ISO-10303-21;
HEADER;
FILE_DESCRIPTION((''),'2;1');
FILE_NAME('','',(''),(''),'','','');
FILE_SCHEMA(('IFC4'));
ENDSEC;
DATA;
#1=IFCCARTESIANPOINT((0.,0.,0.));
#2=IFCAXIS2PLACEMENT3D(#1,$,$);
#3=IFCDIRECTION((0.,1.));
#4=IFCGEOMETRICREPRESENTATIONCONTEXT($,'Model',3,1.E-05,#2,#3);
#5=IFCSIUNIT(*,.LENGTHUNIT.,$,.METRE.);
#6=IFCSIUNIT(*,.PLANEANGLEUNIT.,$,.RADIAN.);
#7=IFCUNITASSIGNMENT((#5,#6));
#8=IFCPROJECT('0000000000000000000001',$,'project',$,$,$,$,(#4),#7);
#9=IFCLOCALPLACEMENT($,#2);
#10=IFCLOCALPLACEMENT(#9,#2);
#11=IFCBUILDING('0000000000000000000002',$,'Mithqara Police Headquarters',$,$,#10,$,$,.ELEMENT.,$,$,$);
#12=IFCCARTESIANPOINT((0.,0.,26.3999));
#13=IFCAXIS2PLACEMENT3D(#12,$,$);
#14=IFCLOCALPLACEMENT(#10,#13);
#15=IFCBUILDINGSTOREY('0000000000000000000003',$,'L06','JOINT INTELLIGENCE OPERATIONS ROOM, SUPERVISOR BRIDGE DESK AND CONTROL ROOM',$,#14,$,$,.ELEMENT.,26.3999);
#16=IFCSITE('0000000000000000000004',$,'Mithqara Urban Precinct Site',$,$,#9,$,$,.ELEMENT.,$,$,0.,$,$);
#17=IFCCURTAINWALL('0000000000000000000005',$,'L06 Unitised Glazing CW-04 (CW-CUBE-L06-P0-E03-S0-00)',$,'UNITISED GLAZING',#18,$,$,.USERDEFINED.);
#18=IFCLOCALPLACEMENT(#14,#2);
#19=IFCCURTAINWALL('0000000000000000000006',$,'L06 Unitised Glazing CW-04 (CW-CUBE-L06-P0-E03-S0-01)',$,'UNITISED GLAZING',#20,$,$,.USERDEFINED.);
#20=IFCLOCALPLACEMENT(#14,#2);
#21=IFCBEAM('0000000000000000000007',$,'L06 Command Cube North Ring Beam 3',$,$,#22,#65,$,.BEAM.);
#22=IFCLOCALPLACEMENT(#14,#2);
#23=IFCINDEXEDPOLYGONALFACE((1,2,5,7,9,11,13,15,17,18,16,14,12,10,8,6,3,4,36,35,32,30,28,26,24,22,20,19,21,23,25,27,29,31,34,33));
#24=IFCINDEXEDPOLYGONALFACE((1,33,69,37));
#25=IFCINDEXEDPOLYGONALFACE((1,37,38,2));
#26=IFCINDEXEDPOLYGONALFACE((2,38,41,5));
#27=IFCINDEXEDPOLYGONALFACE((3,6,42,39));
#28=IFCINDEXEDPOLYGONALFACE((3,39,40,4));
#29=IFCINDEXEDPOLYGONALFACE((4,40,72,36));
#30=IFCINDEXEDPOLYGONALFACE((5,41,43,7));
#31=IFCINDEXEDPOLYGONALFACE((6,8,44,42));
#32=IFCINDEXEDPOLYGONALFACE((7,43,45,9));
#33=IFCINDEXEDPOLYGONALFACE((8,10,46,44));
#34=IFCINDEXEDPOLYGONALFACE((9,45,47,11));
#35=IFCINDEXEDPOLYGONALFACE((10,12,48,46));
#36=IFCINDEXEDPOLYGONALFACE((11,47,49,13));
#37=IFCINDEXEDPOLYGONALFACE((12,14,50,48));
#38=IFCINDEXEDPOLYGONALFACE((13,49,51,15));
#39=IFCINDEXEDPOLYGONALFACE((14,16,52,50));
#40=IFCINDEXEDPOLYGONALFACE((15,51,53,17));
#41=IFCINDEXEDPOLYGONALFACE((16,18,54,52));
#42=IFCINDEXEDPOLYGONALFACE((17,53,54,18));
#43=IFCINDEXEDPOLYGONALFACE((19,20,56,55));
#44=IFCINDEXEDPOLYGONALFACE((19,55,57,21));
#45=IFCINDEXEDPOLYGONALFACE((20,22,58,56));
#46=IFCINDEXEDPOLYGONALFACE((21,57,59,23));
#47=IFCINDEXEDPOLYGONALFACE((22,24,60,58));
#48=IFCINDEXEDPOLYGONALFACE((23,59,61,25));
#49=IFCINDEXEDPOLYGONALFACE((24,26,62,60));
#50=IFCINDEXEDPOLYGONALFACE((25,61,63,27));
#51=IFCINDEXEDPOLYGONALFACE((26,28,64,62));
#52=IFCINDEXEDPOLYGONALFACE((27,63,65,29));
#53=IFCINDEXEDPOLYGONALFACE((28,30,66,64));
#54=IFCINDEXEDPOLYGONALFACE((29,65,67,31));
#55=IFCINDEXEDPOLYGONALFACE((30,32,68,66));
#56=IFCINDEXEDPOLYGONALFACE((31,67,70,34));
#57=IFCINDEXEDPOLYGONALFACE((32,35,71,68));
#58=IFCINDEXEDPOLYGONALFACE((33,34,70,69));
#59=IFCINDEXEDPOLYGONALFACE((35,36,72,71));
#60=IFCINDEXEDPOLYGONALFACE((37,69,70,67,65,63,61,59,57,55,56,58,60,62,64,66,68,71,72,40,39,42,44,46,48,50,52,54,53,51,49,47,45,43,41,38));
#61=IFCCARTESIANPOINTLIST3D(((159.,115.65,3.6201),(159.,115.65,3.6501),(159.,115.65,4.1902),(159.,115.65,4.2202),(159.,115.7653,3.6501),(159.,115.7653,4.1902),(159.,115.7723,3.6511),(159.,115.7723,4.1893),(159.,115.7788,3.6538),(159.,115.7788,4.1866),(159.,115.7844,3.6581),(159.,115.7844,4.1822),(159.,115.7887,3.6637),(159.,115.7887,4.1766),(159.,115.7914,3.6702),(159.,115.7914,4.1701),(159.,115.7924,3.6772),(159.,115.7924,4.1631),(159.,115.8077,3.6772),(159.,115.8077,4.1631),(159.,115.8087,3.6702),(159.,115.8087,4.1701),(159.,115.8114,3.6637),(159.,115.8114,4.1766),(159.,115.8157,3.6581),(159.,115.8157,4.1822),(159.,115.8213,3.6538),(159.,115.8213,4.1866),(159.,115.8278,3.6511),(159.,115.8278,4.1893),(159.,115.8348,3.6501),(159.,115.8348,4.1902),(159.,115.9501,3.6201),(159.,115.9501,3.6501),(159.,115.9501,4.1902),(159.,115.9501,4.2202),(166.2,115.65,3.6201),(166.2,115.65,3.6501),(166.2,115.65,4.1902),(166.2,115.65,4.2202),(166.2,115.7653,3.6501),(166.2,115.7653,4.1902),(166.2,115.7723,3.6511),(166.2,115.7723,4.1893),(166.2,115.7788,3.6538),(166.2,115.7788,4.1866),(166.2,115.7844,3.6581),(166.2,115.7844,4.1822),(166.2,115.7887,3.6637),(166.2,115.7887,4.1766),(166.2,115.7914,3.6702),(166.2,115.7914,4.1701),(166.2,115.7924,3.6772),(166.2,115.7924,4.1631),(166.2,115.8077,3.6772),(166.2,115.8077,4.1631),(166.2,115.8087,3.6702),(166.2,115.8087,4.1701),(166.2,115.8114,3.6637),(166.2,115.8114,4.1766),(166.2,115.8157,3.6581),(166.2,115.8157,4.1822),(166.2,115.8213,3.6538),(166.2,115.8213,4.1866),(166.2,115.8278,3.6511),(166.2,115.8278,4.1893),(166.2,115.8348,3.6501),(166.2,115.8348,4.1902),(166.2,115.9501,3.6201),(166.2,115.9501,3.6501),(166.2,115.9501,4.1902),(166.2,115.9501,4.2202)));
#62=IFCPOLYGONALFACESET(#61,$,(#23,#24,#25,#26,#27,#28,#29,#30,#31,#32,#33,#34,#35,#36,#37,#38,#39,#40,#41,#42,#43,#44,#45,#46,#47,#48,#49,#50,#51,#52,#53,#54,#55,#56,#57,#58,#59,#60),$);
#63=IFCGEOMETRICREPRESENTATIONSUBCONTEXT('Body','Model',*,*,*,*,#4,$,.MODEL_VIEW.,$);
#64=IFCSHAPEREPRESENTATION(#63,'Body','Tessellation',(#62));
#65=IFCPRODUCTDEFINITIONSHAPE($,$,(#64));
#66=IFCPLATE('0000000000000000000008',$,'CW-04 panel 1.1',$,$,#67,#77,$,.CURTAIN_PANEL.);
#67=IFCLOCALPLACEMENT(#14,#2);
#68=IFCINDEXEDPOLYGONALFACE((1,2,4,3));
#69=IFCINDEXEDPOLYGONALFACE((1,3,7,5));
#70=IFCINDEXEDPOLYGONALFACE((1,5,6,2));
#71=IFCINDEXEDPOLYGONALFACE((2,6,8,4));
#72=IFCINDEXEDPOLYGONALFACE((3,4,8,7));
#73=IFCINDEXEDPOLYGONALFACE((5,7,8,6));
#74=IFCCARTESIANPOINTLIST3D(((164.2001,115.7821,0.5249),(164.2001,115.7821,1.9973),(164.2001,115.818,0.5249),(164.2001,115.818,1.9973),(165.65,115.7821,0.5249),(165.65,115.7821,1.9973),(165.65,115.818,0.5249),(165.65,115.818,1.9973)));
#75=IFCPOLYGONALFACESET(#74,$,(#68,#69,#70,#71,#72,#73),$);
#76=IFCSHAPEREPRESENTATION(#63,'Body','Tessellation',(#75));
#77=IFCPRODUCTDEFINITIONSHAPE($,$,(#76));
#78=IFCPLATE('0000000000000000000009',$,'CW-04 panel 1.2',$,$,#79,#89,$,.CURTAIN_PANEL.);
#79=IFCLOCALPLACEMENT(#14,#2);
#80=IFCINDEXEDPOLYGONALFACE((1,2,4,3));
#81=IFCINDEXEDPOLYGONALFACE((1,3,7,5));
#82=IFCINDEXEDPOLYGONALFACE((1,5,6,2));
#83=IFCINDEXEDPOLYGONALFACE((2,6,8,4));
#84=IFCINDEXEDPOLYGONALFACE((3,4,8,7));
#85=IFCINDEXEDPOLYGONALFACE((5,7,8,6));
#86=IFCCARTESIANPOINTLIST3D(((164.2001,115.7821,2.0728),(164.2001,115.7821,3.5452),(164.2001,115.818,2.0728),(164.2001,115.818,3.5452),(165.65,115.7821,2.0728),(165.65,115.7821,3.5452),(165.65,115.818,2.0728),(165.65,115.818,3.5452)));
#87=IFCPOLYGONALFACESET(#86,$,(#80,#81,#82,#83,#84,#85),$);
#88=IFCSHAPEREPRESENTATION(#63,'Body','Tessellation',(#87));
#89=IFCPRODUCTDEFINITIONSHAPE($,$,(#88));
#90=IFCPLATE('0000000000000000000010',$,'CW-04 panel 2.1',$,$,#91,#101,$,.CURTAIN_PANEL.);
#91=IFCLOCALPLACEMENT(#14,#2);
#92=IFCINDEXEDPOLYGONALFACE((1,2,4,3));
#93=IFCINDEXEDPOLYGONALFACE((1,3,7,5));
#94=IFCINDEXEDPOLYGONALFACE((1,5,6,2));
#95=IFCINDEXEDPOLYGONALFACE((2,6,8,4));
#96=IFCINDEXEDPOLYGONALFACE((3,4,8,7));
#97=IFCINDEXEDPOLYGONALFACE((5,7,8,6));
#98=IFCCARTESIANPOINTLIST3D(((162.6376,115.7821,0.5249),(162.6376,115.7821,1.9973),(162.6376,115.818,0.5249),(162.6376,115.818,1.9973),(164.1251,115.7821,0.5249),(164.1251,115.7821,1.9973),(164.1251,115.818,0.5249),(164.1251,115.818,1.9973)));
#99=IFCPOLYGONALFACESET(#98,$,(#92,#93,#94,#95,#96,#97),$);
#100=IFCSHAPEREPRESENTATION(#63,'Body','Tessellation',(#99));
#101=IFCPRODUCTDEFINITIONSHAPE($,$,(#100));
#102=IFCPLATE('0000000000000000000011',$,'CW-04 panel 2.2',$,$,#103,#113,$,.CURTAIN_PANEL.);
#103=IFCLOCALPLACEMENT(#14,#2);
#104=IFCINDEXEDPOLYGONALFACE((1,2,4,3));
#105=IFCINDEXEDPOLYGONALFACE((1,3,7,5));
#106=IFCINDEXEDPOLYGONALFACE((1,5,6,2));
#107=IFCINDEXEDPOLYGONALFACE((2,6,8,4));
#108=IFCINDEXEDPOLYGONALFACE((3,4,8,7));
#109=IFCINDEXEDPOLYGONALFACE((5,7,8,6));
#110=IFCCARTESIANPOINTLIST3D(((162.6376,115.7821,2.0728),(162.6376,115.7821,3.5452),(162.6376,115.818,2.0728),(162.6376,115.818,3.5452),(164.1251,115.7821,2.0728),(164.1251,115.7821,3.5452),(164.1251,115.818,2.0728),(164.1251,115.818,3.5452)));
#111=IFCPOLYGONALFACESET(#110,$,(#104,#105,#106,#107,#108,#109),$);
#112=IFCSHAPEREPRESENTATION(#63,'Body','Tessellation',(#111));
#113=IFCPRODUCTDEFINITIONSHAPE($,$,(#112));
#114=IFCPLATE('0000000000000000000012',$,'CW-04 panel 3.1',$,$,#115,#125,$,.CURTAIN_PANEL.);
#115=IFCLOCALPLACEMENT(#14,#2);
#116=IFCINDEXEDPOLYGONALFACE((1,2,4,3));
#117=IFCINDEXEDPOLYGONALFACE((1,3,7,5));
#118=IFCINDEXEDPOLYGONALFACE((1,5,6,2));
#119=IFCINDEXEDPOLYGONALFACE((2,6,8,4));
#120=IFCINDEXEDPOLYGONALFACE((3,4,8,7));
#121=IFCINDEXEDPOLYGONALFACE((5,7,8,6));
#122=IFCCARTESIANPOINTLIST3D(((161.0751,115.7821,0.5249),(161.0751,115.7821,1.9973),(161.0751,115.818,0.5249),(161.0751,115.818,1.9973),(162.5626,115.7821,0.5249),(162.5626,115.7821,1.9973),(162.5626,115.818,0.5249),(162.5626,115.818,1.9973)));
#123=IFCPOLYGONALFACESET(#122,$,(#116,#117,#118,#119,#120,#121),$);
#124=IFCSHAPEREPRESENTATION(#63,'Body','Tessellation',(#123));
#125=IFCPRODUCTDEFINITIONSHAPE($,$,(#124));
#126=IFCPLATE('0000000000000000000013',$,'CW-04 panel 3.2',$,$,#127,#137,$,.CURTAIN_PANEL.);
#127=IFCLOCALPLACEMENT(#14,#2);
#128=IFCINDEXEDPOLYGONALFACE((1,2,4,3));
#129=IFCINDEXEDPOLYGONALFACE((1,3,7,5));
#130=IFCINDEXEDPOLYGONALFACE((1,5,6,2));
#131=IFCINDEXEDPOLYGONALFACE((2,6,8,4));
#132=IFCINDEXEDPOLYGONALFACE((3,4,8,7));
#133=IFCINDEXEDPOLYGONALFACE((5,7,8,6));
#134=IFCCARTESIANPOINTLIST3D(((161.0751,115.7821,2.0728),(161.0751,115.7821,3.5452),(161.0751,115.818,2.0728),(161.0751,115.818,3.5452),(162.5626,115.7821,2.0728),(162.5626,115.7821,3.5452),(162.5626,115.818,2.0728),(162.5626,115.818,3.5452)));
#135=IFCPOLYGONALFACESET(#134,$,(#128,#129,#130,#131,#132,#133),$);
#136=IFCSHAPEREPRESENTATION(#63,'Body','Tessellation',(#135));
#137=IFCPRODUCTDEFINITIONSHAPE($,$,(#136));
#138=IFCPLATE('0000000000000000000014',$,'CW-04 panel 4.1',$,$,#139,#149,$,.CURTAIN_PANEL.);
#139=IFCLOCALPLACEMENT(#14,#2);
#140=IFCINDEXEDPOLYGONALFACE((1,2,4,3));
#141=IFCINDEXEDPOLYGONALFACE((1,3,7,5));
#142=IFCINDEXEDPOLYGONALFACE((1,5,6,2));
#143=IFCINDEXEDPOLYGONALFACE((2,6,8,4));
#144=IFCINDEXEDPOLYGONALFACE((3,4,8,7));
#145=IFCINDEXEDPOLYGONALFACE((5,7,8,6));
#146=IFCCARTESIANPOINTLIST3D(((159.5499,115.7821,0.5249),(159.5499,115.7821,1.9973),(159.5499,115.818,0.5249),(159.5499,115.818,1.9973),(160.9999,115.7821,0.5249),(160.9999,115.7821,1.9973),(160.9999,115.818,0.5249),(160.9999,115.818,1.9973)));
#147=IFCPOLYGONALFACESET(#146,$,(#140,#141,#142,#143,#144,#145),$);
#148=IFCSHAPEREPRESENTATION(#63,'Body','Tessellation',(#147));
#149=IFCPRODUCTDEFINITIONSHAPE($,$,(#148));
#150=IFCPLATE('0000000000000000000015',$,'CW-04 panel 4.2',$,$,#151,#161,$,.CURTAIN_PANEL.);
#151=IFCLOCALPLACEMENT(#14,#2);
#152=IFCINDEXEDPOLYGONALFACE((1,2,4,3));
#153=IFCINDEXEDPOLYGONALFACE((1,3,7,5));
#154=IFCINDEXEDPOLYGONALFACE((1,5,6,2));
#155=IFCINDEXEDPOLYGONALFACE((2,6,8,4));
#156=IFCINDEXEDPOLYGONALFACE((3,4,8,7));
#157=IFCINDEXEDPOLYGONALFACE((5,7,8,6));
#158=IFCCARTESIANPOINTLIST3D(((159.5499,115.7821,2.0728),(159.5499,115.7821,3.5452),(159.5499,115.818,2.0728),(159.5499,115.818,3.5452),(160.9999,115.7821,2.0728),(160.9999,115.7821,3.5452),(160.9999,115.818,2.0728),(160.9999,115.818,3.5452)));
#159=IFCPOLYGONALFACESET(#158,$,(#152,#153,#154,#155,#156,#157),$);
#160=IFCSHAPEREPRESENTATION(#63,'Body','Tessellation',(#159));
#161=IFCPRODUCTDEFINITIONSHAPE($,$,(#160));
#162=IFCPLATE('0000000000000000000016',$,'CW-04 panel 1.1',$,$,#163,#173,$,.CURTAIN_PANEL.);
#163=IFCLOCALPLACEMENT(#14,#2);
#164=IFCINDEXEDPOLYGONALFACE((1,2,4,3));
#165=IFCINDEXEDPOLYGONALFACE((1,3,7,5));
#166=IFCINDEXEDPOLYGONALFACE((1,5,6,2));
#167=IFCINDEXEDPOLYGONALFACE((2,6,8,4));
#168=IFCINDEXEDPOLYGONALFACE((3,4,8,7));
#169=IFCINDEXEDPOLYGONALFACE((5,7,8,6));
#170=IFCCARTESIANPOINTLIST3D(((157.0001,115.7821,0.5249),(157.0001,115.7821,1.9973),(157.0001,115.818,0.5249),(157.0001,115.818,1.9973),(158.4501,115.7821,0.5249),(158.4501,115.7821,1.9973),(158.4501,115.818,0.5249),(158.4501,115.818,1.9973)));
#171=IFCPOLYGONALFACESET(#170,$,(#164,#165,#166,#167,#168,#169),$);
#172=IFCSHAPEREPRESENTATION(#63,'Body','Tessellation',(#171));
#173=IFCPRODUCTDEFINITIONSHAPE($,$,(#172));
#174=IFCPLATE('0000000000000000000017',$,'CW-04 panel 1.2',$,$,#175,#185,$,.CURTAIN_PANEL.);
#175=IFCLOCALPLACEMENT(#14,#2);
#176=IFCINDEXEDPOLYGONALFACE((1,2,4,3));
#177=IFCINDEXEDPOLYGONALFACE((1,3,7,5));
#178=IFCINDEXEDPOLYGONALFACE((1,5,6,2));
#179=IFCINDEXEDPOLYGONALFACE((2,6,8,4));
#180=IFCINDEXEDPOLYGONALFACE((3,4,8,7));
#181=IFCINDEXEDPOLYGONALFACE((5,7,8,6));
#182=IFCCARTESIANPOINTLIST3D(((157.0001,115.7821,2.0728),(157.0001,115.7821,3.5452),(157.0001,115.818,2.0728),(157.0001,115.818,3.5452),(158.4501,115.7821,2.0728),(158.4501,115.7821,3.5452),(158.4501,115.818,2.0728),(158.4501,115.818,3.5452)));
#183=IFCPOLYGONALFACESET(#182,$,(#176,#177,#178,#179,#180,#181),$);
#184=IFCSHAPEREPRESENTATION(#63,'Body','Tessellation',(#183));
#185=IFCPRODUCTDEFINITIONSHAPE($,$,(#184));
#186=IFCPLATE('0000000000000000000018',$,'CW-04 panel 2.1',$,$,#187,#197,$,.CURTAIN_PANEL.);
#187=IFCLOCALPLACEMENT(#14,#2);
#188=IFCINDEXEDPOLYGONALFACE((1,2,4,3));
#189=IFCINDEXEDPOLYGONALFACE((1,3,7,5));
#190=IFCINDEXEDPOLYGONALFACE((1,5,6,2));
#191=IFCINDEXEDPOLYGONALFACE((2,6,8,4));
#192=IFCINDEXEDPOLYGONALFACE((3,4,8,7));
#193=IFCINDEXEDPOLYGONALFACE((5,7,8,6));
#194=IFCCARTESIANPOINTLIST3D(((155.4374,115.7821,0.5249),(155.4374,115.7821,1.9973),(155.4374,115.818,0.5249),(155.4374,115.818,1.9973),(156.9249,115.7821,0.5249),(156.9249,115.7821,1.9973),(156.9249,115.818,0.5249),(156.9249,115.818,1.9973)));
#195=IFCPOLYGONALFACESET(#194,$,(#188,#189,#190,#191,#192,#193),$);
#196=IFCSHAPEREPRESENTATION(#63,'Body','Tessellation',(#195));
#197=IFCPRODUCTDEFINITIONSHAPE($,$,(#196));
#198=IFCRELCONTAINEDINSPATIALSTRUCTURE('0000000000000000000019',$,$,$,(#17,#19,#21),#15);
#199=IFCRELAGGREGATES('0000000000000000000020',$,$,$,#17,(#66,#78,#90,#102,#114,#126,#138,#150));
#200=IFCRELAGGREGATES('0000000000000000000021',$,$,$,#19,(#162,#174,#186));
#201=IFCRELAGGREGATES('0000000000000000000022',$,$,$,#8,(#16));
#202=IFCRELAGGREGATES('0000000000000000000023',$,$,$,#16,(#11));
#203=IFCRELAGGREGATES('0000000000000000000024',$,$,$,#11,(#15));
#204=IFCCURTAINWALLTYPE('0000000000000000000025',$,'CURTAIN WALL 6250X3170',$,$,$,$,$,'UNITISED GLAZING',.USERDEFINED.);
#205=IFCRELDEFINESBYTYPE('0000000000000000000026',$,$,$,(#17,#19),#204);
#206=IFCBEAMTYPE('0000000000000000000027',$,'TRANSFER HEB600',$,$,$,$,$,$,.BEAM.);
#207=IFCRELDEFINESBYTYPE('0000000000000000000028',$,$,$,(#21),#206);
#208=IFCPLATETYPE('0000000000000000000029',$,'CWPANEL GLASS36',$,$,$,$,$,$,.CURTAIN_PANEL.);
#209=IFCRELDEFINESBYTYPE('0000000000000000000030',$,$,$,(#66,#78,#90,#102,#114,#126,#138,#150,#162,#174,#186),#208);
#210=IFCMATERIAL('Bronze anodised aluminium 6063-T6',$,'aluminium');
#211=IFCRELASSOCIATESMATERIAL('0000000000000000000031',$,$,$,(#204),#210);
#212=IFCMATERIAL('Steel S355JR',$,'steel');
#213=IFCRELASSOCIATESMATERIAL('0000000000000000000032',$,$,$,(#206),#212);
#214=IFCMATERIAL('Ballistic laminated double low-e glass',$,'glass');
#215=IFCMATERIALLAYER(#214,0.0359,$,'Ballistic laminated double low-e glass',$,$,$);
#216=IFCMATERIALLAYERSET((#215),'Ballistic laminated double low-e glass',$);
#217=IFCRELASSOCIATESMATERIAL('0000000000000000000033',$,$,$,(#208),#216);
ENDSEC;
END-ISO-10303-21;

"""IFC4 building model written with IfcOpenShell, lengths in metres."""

from ifc_helpers import new_model, si_unit, direction, frame, origin, origin_2d, place, context, subcontext, project, spatial, rectangle, i_section, extrude, material, layer, layer_set, material_profile, profile_set, type_object, element, aggregate, save


model = new_model("IFC4")

# Units and contexts
model_context = context("Model", 3, precision=1e-05, world=origin(), true_north=direction((0.0, 1.0)))
body_context = subcontext(model_context, "Body", "Model", "MODEL_VIEW")
ifc_project = project(units=[si_unit("LENGTHUNIT", "METRE"), si_unit("PLANEANGLEUNIT", "RADIAN")], contexts=[model_context])

# Site, building, storey
site_placement = place(None, origin())
site = spatial("IfcSite", under=ifc_project, at=site_placement, Name="Mithqara Urban Precinct Site", CompositionType="ELEMENT", RefElevation=0.0)
building_placement = place(site_placement, origin())
building = spatial("IfcBuilding", under=site, at=building_placement, Name="Mithqara Police Headquarters", CompositionType="ELEMENT")
storey_placement = place(building_placement, frame((0.0, 0.0, 26.3999)))
storey = spatial("IfcBuildingStorey", under=building, at=storey_placement, Name="L06", Description="JOINT INTELLIGENCE OPERATIONS ROOM, SUPERVISOR BRIDGE DESK AND CONTROL ROOM", CompositionType="ELEMENT", Elevation=26.3999)

# Shared definitions
ifc_material_1 = material(Name="Steel S355JR", Category="steel")

# Curtain walls
ifc_material_2 = material(Name="Bronze anodised aluminium 6063-T6", Category="aluminium")
curtain_wall_type = type_object("IfcCurtainWallType", Name="CURTAIN WALL 6250X3170", ElementType="UNITISED GLAZING", PredefinedType="USERDEFINED", material=ifc_material_2)
curtain_wall_1_placement = place(storey_placement, origin())
curtain_wall_1 = element("IfcCurtainWall", 1, at=curtain_wall_1_placement, inside=storey, type_object=curtain_wall_type, Name="L06 Unitised Glazing CW-04 (CW-CUBE-L06-P0-E03-S0-00)", ObjectType="UNITISED GLAZING", PredefinedType="USERDEFINED")
curtain_wall_2_placement = place(storey_placement, origin())
curtain_wall_2 = element("IfcCurtainWall", 2, at=curtain_wall_2_placement, inside=storey, type_object=curtain_wall_type, Name="L06 Unitised Glazing CW-04 (CW-CUBE-L06-P0-E03-S0-01)", ObjectType="UNITISED GLAZING", PredefinedType="USERDEFINED")

# Beam
ifc_material_profile_1 = material_profile(ifc_material_1, i_section(OverallWidth=0.3, OverallDepth=0.6001, WebThickness=0.0154, FlangeThickness=0.03, FilletRadius=0.0271, at=origin_2d()), Name="HEB 600")
ifc_profile_set_1 = profile_set([ifc_material_profile_1], Name="Steel S355JR")
beam_type = type_object("IfcBeamType", Name="TRANSFER HEB600", PredefinedType="BEAM", material=ifc_profile_set_1)
beam_placement = place(storey_placement, frame((159.0, 115.8, 3.9202), z_axis=(1.0, 0.0, 0.0), x_axis=(0.0, 1.0, 0.0)))
element("IfcBeam", 3, at=beam_placement, inside=storey, type_object=beam_type, Name="L06 Command Cube North Ring Beam 3", PredefinedType="BEAM", context=body_context, shape_type="SweptSolid", body=[
    extrude(i_section(OverallWidth=0.3, OverallDepth=0.6001, WebThickness=0.0154, FlangeThickness=0.03, FilletRadius=0.0271, at=origin_2d()), origin(), (0.0, 0.0, 1.0), 7.2),
])

# Plates
ifc_material_3 = material(Name="Ballistic laminated double low-e glass", Category="glass")
ifc_layer_1 = layer(ifc_material_3, 0.0359, Name="Ballistic laminated double low-e glass")
ifc_layer_set_1 = layer_set([ifc_layer_1], Name="Ballistic laminated double low-e glass")
plate_type = type_object("IfcPlateType", Name="CWPANEL GLASS36", PredefinedType="CURTAIN_PANEL", material=ifc_layer_set_1)
plate_1_placement = place(storey_placement, frame((164.925, 115.8, 0.5249), z_axis=(0.0, 0.0, 1.0), x_axis=(-1.0, 0.0, 0.0)))
plate_1 = element("IfcPlate", 4, at=plate_1_placement, type_object=plate_type, Name="CW-04 panel 1.1", PredefinedType="CURTAIN_PANEL", context=body_context, shape_type="SweptSolid", body=[
    extrude(rectangle(XDim=1.45, YDim=0.0359, at=origin_2d()), origin(), (0.0, 0.0, 1.0), 1.4724),
])
plate_2_placement = place(storey_placement, frame((164.925, 115.8, 2.0728), z_axis=(0.0, 0.0, 1.0), x_axis=(-1.0, 0.0, 0.0)))
plate_2 = element("IfcPlate", 5, at=plate_2_placement, type_object=plate_type, Name="CW-04 panel 1.2", PredefinedType="CURTAIN_PANEL", context=body_context, shape_type="SweptSolid", body=[
    extrude(rectangle(XDim=1.45, YDim=0.0359, at=origin_2d()), origin(), (0.0, 0.0, 1.0), 1.4724),
])
plate_3_placement = place(storey_placement, frame((163.3813, 115.8, 0.5249), z_axis=(0.0, 0.0, 1.0), x_axis=(-1.0, 0.0, 0.0)))
plate_3 = element("IfcPlate", 6, at=plate_3_placement, type_object=plate_type, Name="CW-04 panel 2.1", PredefinedType="CURTAIN_PANEL", context=body_context, shape_type="SweptSolid", body=[
    extrude(rectangle(XDim=1.4875, YDim=0.0359, at=origin_2d()), origin(), (0.0, 0.0, 1.0), 1.4724),
])
plate_4_placement = place(storey_placement, frame((163.3813, 115.8, 2.0728), z_axis=(0.0, 0.0, 1.0), x_axis=(-1.0, 0.0, 0.0)))
plate_4 = element("IfcPlate", 7, at=plate_4_placement, type_object=plate_type, Name="CW-04 panel 2.2", PredefinedType="CURTAIN_PANEL", context=body_context, shape_type="SweptSolid", body=[
    extrude(rectangle(XDim=1.4875, YDim=0.0359, at=origin_2d()), origin(), (0.0, 0.0, 1.0), 1.4724),
])
plate_5_placement = place(storey_placement, frame((161.8188, 115.8, 0.5249), z_axis=(0.0, 0.0, 1.0), x_axis=(-1.0, 0.0, 0.0)))
plate_5 = element("IfcPlate", 8, at=plate_5_placement, type_object=plate_type, Name="CW-04 panel 3.1", PredefinedType="CURTAIN_PANEL", context=body_context, shape_type="SweptSolid", body=[
    extrude(rectangle(XDim=1.4875, YDim=0.0359, at=origin_2d()), origin(), (0.0, 0.0, 1.0), 1.4724),
])
plate_6_placement = place(storey_placement, frame((161.8188, 115.8, 2.0728), z_axis=(0.0, 0.0, 1.0), x_axis=(-1.0, 0.0, 0.0)))
plate_6 = element("IfcPlate", 9, at=plate_6_placement, type_object=plate_type, Name="CW-04 panel 3.2", PredefinedType="CURTAIN_PANEL", context=body_context, shape_type="SweptSolid", body=[
    extrude(rectangle(XDim=1.4875, YDim=0.0359, at=origin_2d()), origin(), (0.0, 0.0, 1.0), 1.4724),
])
plate_7_placement = place(storey_placement, frame((160.2749, 115.8, 0.5249), z_axis=(0.0, 0.0, 1.0), x_axis=(-1.0, 0.0, 0.0)))
plate_7 = element("IfcPlate", 10, at=plate_7_placement, type_object=plate_type, Name="CW-04 panel 4.1", PredefinedType="CURTAIN_PANEL", context=body_context, shape_type="SweptSolid", body=[
    extrude(rectangle(XDim=1.45, YDim=0.0359, at=origin_2d()), origin(), (0.0, 0.0, 1.0), 1.4724),
])
plate_8_placement = place(storey_placement, frame((160.2749, 115.8, 2.0728), z_axis=(0.0, 0.0, 1.0), x_axis=(-1.0, 0.0, 0.0)))
plate_8 = element("IfcPlate", 11, at=plate_8_placement, type_object=plate_type, Name="CW-04 panel 4.2", PredefinedType="CURTAIN_PANEL", context=body_context, shape_type="SweptSolid", body=[
    extrude(rectangle(XDim=1.45, YDim=0.0359, at=origin_2d()), origin(), (0.0, 0.0, 1.0), 1.4724),
])
aggregate(curtain_wall_1, [plate_1, plate_2, plate_3, plate_4, plate_5, plate_6, plate_7, plate_8])
plate_9_placement = place(storey_placement, frame((157.7251, 115.8, 0.5249), z_axis=(0.0, 0.0, 1.0), x_axis=(-1.0, 0.0, 0.0)))
plate_9 = element("IfcPlate", 12, at=plate_9_placement, type_object=plate_type, Name="CW-04 panel 1.1", PredefinedType="CURTAIN_PANEL", context=body_context, shape_type="SweptSolid", body=[
    extrude(rectangle(XDim=1.45, YDim=0.0359, at=origin_2d()), origin(), (0.0, 0.0, 1.0), 1.4724),
])
plate_10_placement = place(storey_placement, frame((157.7251, 115.8, 2.0728), z_axis=(0.0, 0.0, 1.0), x_axis=(-1.0, 0.0, 0.0)))
plate_10 = element("IfcPlate", 13, at=plate_10_placement, type_object=plate_type, Name="CW-04 panel 1.2", PredefinedType="CURTAIN_PANEL", context=body_context, shape_type="SweptSolid", body=[
    extrude(rectangle(XDim=1.45, YDim=0.0359, at=origin_2d()), origin(), (0.0, 0.0, 1.0), 1.4724),
])
plate_11_placement = place(storey_placement, frame((156.1812, 115.8, 0.5249), z_axis=(0.0, 0.0, 1.0), x_axis=(-1.0, 0.0, 0.0)))
plate_11 = element("IfcPlate", 14, at=plate_11_placement, type_object=plate_type, Name="CW-04 panel 2.1", PredefinedType="CURTAIN_PANEL", context=body_context, shape_type="SweptSolid", body=[
    extrude(rectangle(XDim=1.4875, YDim=0.0359, at=origin_2d()), origin(), (0.0, 0.0, 1.0), 1.4724),
])
aggregate(curtain_wall_2, [plate_9, plate_10, plate_11])

save(model, "model.ifc")
